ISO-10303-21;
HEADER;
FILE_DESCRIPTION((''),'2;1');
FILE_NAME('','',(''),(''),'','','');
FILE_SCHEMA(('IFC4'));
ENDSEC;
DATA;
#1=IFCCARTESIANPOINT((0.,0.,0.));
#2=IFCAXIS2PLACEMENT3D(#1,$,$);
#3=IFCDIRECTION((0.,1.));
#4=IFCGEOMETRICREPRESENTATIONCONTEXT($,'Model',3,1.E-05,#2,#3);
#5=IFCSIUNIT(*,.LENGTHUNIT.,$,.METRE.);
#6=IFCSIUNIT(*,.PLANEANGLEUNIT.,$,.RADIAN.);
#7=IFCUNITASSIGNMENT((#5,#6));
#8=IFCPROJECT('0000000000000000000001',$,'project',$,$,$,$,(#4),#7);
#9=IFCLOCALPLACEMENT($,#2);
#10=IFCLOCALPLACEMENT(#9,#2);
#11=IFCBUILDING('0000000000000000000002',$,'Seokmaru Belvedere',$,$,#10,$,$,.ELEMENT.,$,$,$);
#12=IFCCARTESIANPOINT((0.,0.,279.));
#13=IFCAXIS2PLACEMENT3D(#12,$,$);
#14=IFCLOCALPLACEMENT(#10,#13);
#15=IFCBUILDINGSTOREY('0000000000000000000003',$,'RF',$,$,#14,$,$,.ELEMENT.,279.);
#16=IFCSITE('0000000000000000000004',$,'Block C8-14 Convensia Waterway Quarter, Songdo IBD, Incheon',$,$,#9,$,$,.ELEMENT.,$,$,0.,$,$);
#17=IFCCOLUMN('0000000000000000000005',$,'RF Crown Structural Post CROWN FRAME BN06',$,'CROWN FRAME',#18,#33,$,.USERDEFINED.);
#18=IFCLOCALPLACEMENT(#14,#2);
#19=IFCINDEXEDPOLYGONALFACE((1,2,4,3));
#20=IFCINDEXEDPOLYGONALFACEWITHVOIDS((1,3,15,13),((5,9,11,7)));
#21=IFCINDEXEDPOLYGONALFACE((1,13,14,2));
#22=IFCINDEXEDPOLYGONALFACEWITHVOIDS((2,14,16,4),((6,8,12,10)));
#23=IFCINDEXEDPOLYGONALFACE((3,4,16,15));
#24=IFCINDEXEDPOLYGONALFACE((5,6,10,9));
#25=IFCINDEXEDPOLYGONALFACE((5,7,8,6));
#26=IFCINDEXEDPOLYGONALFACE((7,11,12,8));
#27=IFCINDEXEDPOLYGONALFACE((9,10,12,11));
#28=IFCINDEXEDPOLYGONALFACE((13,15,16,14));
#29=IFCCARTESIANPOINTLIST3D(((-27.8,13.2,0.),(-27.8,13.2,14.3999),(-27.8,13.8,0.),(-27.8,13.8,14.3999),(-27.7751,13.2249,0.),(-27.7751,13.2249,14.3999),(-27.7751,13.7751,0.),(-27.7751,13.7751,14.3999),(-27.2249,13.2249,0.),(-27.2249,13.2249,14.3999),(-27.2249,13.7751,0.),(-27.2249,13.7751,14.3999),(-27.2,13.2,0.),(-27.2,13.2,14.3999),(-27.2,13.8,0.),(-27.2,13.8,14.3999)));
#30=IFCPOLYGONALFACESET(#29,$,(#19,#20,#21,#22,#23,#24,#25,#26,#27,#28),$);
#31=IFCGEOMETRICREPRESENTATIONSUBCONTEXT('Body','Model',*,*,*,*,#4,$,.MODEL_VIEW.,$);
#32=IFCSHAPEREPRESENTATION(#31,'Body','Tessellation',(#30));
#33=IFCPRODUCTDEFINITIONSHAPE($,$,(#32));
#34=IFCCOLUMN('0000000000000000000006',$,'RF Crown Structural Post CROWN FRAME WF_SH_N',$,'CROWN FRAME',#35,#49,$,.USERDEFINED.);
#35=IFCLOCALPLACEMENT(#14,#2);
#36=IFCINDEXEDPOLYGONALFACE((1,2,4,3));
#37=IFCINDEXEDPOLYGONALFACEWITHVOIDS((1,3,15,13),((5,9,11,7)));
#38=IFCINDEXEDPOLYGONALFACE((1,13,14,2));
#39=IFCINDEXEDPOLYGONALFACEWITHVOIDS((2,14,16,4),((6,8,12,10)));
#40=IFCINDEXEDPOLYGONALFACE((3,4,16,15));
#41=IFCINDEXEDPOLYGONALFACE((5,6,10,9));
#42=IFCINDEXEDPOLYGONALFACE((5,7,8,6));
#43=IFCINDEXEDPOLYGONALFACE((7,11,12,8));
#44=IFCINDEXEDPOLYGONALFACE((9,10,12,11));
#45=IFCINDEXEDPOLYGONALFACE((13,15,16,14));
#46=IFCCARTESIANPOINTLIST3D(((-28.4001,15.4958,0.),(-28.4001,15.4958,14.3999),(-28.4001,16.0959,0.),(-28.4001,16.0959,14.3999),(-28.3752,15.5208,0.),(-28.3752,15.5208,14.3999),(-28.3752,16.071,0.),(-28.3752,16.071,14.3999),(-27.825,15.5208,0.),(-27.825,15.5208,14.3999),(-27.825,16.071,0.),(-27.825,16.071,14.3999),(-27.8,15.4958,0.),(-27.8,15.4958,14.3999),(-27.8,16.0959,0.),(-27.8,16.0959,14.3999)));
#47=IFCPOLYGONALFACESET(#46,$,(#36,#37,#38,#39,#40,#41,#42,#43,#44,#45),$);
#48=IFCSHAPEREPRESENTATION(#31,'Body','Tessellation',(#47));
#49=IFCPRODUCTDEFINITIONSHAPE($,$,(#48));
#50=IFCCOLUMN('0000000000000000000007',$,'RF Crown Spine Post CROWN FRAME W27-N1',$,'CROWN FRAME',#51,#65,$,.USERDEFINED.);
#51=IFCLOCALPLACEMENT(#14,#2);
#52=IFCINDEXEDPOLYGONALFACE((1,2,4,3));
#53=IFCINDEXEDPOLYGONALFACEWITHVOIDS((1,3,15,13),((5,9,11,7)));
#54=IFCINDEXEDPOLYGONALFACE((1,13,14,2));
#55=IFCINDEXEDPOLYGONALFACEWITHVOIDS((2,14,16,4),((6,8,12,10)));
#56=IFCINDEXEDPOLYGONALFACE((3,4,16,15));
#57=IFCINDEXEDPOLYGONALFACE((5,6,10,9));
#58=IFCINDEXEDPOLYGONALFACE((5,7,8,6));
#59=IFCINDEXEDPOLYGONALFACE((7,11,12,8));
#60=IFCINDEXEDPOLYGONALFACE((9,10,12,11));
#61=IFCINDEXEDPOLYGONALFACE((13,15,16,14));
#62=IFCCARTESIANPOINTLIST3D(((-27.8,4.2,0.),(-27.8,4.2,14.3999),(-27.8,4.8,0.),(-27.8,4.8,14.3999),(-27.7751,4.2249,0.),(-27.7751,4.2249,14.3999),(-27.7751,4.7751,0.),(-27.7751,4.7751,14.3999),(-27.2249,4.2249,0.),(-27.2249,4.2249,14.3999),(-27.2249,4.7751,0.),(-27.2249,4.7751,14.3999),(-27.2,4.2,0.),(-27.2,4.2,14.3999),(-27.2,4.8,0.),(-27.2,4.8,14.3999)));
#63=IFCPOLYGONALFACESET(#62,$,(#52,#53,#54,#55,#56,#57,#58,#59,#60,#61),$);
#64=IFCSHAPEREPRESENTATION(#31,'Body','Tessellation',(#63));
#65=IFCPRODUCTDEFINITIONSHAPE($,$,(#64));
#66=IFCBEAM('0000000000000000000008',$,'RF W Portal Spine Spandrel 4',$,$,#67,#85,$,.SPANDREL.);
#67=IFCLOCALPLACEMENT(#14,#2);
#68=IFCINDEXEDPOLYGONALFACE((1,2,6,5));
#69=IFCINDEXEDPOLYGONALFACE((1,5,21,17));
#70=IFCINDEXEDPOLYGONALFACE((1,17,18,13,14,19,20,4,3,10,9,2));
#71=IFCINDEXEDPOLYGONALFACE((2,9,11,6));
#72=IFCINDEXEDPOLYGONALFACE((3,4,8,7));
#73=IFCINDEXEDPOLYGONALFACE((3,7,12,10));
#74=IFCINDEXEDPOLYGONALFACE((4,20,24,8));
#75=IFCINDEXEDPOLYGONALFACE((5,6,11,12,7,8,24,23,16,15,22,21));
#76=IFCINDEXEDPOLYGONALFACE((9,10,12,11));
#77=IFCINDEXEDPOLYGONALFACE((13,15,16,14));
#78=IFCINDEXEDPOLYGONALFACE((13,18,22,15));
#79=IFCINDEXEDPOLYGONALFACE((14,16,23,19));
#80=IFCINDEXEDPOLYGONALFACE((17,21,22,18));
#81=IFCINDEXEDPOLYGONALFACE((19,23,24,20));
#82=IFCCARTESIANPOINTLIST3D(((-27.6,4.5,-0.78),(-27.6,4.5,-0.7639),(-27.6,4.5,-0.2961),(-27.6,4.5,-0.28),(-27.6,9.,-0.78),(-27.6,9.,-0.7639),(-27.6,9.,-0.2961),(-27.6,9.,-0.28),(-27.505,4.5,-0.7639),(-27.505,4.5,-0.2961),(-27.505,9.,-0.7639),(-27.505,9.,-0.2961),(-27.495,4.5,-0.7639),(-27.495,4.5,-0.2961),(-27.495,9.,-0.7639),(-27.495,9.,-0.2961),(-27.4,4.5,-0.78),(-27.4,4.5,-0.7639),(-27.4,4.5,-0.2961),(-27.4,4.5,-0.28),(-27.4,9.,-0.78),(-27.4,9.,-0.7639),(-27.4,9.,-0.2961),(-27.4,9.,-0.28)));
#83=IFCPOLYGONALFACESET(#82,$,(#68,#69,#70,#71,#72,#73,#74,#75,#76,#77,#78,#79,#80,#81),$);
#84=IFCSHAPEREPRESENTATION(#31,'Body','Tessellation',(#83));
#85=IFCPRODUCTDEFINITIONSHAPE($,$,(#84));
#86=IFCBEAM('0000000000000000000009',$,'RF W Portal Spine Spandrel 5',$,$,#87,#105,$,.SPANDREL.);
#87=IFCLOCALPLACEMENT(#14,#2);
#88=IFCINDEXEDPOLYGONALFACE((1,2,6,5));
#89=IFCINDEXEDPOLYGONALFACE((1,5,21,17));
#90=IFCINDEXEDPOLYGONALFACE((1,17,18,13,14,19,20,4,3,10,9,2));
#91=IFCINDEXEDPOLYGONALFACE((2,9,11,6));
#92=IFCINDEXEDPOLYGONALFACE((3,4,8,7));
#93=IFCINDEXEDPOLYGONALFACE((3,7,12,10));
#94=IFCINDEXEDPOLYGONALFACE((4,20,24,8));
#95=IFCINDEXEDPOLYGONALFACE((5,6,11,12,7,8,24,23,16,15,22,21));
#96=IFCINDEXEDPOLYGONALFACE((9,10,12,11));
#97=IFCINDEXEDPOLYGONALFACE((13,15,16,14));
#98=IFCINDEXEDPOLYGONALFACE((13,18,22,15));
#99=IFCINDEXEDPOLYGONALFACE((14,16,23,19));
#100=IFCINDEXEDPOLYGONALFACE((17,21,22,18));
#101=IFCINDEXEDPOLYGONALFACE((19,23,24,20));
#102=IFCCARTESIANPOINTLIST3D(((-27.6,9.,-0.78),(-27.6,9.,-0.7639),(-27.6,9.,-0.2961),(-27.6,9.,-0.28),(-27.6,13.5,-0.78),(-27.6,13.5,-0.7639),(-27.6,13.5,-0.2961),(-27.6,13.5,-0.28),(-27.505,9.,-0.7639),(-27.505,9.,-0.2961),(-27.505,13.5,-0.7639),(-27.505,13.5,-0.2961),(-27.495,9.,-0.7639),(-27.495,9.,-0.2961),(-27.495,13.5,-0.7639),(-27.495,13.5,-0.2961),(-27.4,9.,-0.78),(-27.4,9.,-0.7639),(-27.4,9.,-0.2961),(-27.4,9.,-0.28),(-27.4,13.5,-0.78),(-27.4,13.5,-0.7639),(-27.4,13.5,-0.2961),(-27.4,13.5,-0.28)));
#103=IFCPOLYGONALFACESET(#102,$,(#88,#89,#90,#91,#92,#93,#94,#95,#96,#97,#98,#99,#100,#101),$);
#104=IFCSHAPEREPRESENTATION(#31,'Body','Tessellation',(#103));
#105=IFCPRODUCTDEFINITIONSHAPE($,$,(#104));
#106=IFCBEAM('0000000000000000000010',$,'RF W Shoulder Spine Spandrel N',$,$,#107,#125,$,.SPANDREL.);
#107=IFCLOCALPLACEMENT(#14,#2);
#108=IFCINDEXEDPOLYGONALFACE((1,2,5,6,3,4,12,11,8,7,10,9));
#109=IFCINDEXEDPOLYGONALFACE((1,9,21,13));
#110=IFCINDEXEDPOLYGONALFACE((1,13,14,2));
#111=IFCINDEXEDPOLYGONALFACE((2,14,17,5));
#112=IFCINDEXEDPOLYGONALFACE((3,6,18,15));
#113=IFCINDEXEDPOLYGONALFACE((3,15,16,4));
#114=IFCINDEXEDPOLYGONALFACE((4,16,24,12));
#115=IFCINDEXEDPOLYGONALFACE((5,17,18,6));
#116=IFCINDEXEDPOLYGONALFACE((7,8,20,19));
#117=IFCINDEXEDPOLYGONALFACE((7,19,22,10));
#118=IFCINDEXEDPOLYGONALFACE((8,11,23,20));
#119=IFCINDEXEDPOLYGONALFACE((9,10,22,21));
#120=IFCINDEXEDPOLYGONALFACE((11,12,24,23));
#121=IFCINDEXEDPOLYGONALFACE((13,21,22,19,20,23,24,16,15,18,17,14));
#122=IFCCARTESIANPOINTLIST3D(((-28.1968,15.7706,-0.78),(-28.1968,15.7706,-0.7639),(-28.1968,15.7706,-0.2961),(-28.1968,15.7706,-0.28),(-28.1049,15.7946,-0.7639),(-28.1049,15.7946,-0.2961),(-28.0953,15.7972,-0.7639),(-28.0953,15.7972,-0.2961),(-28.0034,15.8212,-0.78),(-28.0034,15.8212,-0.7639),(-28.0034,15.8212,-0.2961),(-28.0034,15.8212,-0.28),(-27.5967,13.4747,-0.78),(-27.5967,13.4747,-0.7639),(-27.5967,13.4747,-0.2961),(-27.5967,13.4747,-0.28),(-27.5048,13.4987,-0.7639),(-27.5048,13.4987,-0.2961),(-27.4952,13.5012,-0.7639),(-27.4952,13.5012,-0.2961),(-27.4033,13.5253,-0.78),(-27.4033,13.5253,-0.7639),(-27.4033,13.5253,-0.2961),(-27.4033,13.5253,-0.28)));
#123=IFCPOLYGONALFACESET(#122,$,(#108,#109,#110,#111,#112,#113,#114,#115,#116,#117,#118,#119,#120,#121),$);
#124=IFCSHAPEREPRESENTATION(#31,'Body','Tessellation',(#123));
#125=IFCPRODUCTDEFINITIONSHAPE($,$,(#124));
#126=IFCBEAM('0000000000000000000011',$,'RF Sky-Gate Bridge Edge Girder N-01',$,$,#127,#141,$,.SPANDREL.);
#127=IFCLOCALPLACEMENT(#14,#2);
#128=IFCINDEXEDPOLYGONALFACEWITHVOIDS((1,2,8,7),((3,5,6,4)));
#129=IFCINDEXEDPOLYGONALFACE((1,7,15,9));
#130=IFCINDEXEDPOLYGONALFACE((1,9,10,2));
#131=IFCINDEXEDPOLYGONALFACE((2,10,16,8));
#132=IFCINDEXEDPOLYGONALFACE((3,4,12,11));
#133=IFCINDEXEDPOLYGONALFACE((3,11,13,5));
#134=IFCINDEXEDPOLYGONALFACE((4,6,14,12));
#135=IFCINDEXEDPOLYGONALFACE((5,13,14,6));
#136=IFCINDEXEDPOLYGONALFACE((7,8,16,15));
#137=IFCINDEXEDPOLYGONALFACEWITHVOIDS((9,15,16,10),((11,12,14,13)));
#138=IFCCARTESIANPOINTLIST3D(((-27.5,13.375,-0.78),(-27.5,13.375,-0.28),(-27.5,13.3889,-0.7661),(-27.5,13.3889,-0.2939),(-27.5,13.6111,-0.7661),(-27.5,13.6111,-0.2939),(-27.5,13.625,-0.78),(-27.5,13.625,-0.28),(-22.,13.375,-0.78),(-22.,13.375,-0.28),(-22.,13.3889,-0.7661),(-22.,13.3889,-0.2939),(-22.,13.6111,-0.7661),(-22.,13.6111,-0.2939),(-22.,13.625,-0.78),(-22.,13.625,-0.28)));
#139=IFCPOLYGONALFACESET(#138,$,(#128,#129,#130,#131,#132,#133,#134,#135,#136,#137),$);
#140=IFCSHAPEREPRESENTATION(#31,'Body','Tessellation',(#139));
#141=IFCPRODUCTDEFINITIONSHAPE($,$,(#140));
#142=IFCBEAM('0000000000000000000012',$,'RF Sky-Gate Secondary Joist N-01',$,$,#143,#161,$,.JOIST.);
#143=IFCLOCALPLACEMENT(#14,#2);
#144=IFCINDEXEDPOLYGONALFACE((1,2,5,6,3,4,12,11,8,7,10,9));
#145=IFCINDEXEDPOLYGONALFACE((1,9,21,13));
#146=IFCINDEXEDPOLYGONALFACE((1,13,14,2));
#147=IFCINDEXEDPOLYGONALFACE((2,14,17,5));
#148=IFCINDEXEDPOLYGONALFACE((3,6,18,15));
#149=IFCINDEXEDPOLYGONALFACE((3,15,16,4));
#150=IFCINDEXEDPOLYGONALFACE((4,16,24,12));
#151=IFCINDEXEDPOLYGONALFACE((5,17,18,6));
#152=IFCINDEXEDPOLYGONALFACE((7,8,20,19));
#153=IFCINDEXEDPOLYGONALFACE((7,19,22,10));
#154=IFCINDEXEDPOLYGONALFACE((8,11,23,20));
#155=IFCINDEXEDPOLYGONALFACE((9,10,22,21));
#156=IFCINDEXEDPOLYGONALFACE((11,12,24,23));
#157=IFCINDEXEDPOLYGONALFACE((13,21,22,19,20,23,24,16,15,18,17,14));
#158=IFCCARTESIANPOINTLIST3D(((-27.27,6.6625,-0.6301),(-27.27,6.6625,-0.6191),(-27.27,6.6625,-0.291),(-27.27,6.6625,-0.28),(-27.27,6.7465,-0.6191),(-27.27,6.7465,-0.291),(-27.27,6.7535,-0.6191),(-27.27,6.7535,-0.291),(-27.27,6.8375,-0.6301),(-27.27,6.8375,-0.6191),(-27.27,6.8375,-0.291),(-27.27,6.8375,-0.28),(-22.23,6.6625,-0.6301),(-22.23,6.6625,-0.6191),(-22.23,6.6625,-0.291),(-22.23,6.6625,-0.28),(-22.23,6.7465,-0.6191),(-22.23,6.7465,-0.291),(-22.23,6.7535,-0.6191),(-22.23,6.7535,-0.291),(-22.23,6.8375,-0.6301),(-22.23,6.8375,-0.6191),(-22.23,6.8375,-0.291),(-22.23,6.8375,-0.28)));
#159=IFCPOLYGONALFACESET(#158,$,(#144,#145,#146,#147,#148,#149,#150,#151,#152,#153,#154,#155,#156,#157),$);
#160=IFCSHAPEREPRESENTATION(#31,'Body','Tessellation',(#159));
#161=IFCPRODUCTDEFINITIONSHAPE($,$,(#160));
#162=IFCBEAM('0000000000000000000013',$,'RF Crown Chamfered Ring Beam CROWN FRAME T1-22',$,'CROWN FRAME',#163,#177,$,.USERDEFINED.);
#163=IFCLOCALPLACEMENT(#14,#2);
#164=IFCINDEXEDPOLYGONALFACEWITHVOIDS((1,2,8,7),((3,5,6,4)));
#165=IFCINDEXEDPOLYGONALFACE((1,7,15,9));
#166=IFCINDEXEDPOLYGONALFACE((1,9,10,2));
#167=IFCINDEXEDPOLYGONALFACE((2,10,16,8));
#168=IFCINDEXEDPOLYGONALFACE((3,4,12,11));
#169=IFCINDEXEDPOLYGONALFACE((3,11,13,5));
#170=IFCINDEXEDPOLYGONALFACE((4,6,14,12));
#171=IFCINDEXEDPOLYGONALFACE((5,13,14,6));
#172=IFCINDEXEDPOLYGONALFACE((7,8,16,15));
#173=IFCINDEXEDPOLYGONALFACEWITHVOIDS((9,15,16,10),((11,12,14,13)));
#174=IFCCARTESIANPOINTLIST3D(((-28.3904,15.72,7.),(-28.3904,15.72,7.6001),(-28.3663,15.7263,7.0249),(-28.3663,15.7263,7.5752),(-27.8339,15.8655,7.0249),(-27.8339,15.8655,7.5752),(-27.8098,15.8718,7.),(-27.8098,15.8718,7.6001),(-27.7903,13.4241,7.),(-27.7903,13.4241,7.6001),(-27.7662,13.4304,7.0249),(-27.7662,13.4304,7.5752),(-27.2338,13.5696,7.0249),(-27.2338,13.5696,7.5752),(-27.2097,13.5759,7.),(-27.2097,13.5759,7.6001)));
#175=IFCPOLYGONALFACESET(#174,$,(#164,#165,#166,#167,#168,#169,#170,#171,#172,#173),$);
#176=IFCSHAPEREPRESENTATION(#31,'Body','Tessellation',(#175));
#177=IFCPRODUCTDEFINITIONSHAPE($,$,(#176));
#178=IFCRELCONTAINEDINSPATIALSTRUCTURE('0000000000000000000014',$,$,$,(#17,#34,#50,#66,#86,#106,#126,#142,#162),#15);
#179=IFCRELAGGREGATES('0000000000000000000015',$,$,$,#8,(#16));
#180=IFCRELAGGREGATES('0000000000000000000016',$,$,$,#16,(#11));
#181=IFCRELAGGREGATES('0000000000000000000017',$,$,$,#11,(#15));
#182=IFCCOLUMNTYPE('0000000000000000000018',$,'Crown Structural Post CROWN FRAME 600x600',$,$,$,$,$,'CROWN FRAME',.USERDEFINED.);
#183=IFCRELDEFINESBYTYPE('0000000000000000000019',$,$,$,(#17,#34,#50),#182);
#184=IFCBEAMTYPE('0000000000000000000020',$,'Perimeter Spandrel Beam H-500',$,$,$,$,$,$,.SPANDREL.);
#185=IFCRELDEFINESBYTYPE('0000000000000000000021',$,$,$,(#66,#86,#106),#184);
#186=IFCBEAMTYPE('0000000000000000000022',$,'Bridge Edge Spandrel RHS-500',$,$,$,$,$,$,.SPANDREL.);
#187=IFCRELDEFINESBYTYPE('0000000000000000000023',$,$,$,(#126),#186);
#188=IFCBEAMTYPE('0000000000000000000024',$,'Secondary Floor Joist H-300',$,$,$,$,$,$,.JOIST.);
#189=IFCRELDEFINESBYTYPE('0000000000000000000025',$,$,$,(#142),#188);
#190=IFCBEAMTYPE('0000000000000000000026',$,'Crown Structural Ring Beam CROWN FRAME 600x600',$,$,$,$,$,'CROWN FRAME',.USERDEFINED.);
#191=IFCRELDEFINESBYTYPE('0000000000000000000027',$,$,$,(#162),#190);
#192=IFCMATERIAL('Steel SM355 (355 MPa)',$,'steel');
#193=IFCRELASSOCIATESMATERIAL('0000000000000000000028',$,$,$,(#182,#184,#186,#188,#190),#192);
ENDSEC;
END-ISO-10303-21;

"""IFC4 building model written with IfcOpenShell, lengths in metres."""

from ifc_helpers import new_model, si_unit, direction, frame, origin, origin_2d, place, context, subcontext, project, spatial, hollow_rectangle, i_section, extrude, source, transform, mapped, material, material_profile, profile_set, type_object, type_shapes, element, save


model = new_model("IFC4")

# Units and contexts
model_context = context("Model", 3, precision=1e-05, world=origin(), true_north=direction((0.0, 1.0)))
body_context = subcontext(model_context, "Body", "Model", "MODEL_VIEW")
ifc_project = project(units=[si_unit("LENGTHUNIT", "METRE"), si_unit("PLANEANGLEUNIT", "RADIAN")], contexts=[model_context])

# Site, building, storey
site_placement = place(None, origin())
site = spatial("IfcSite", under=ifc_project, at=site_placement, Name="Block C8-14 Convensia Waterway Quarter, Songdo IBD, Incheon", CompositionType="ELEMENT", RefElevation=0.0)
building_placement = place(site_placement, origin())
building = spatial("IfcBuilding", under=site, at=building_placement, Name="Seokmaru Belvedere", CompositionType="ELEMENT")
storey_placement = place(building_placement, frame((0.0, 0.0, 279.0)))
storey = spatial("IfcBuildingStorey", under=building, at=storey_placement, Name="RF", CompositionType="ELEMENT", Elevation=279.0)

# Columns
ifc_material_1 = material(Name="Steel SM355 (355 MPa)", Category="steel")
ifc_material_profile_1 = material_profile(ifc_material_1, hollow_rectangle(XDim=0.6001, YDim=0.6001, WallThickness=0.0249, at=origin_2d()), Name="HSS-600x600x25")
ifc_profile_set_1 = profile_set([ifc_material_profile_1], Name="Steel SM355 (355 MPa)")
column_type = type_object("IfcColumnType", Name="Crown Structural Post CROWN FRAME 600x600", ElementType="CROWN FRAME", PredefinedType="USERDEFINED", material=ifc_profile_set_1)
shared_shape_1 = source(origin(), body_context, "Body", "SweptSolid", [
    extrude(hollow_rectangle(XDim=0.6001, YDim=0.6001, WallThickness=0.0249, at=origin_2d()), origin(), (0.0, 0.0, 1.0), 14.3999),
])
type_shapes(column_type, [shared_shape_1])
for number, where, z_axis, x_axis, name in (
    (1, (-27.5, 13.5, 0.0), (0.0, 0.0, 1.0), (1.0, 0.0, 0.0), "RF Crown Structural Post CROWN FRAME BN06"),
    (2, (-28.1001, 15.7959, 0.0), (0.0, 0.0, 1.0), (1.0, 0.0, 0.0), "RF Crown Structural Post CROWN FRAME WF_SH_N"),
    (3, (-27.5, 4.5, 0.0), (0.0, 0.0, 1.0), (1.0, 0.0, 0.0), "RF Crown Spine Post CROWN FRAME W27-N1"),
):
    element("IfcColumn", number, at=place(storey_placement, frame(where, z_axis=z_axis, x_axis=x_axis)), inside=storey, type_object=column_type, Name=name, ObjectType="CROWN FRAME", PredefinedType="USERDEFINED", context=body_context, shape_type="MappedRepresentation", body=[
        mapped(shared_shape_1, transform((0.0, 0.0, 0.0), scale=1.0)),
    ])

# Beams
ifc_material_profile_2 = material_profile(ifc_material_1, i_section(OverallWidth=0.2, OverallDepth=0.5, WebThickness=0.01, FlangeThickness=0.0161, at=origin_2d()), Name="H-500x200x10x16")
ifc_profile_set_2 = profile_set([ifc_material_profile_2], Name="Steel SM355 (355 MPa)")
beam_type_1 = type_object("IfcBeamType", Name="Perimeter Spandrel Beam H-500", PredefinedType="SPANDREL", material=ifc_profile_set_2)
shared_shape_2 = source(origin(), body_context, "Body", "SweptSolid", [
    extrude(i_section(OverallWidth=0.2, OverallDepth=0.5, WebThickness=0.01, FlangeThickness=0.0161, at=origin_2d()), origin(), (0.0, 0.0, 1.0), 4.5),
])
for number, where, z_axis, x_axis, name in (
    (4, (-27.5, 4.5, -0.53), (0.0, 1.0, 0.0), (-1.0, 0.0, 0.0), "RF W Portal Spine Spandrel 4"),
    (5, (-27.5, 9.0, -0.53), (0.0, 1.0, 0.0), (-1.0, 0.0, 0.0), "RF W Portal Spine Spandrel 5"),
):
    element("IfcBeam", number, at=place(storey_placement, frame(where, z_axis=z_axis, x_axis=x_axis)), inside=storey, type_object=beam_type_1, Name=name, PredefinedType="SPANDREL", context=body_context, shape_type="MappedRepresentation", body=[
        mapped(shared_shape_2, transform((0.0, 0.0, 0.0), scale=1.0)),
    ])
shared_shape_3 = source(origin(), body_context, "Body", "SweptSolid", [
    extrude(i_section(OverallWidth=0.2, OverallDepth=0.5, WebThickness=0.01, FlangeThickness=0.0161, at=origin_2d()), origin(), (0.0, 0.0, 1.0), 2.373),
])
type_shapes(beam_type_1, [shared_shape_2, shared_shape_3])
beam_1_placement = place(storey_placement, frame((-28.1001, 15.7959, -0.53), z_axis=(0.252883, -0.967497, 0.0), x_axis=(0.967497, 0.252883, 0.0)))
element("IfcBeam", 6, at=beam_1_placement, inside=storey, type_object=beam_type_1, Name="RF W Shoulder Spine Spandrel N", PredefinedType="SPANDREL", context=body_context, shape_type="MappedRepresentation", body=[
    mapped(shared_shape_3, transform((0.0, 0.0, 0.0), scale=1.0)),
])
ifc_material_profile_3 = material_profile(ifc_material_1, hollow_rectangle(XDim=0.25, YDim=0.5, WallThickness=0.0139, at=origin_2d()), Name="RHS-500x250x14")
ifc_profile_set_3 = profile_set([ifc_material_profile_3], Name="Steel SM355 (355 MPa)")
beam_type_2 = type_object("IfcBeamType", Name="Bridge Edge Spandrel RHS-500", PredefinedType="SPANDREL", material=ifc_profile_set_3)
shared_shape_4 = source(origin(), body_context, "Body", "SweptSolid", [
    extrude(hollow_rectangle(XDim=0.25, YDim=0.5, WallThickness=0.0139, at=origin_2d()), origin(), (0.0, 0.0, 1.0), 5.5),
])
type_shapes(beam_type_2, [shared_shape_4])
beam_2_placement = place(storey_placement, frame((-27.5, 13.5, -0.53), z_axis=(1.0, 0.0, 0.0), x_axis=(0.0, 1.0, 0.0)))
element("IfcBeam", 7, at=beam_2_placement, inside=storey, type_object=beam_type_2, Name="RF Sky-Gate Bridge Edge Girder N-01", PredefinedType="SPANDREL", context=body_context, shape_type="MappedRepresentation", body=[
    mapped(shared_shape_4, transform((0.0, 0.0, 0.0), scale=1.0)),
])
ifc_material_profile_4 = material_profile(ifc_material_1, i_section(OverallWidth=0.175, OverallDepth=0.3501, WebThickness=0.0071, FlangeThickness=0.011, at=origin_2d()), Name="H-350x175x7x11")
ifc_profile_set_4 = profile_set([ifc_material_profile_4], Name="Steel SM355 (355 MPa)")
beam_type_3 = type_object("IfcBeamType", Name="Secondary Floor Joist H-300", PredefinedType="JOIST", material=ifc_profile_set_4)
shared_shape_5 = source(origin(), body_context, "Body", "SweptSolid", [
    extrude(i_section(OverallWidth=0.175, OverallDepth=0.3501, WebThickness=0.0071, FlangeThickness=0.011, at=origin_2d()), origin(), (0.0, 0.0, 1.0), 5.04),
])
type_shapes(beam_type_3, [shared_shape_5])
beam_3_placement = place(storey_placement, frame((-27.27, 6.75, -0.4551), z_axis=(1.0, 0.0, 0.0), x_axis=(0.0, 1.0, 0.0)))
element("IfcBeam", 8, at=beam_3_placement, inside=storey, type_object=beam_type_3, Name="RF Sky-Gate Secondary Joist N-01", PredefinedType="JOIST", context=body_context, shape_type="MappedRepresentation", body=[
    mapped(shared_shape_5, transform((0.0, 0.0, 0.0), scale=1.0)),
])
ifc_material_profile_5 = material_profile(ifc_material_1, hollow_rectangle(XDim=0.6001, YDim=0.6001, WallThickness=0.0249, at=origin_2d()), Name="HSS-600x600x25")
ifc_profile_set_5 = profile_set([ifc_material_profile_5], Name="Steel SM355 (355 MPa)")
beam_type_4 = type_object("IfcBeamType", Name="Crown Structural Ring Beam CROWN FRAME 600x600", ElementType="CROWN FRAME", PredefinedType="USERDEFINED", material=ifc_profile_set_5)
shared_shape_6 = source(origin(), body_context, "Body", "SweptSolid", [
    extrude(hollow_rectangle(XDim=0.6001, YDim=0.6001, WallThickness=0.0249, at=origin_2d()), origin(), (0.0, 0.0, 1.0), 2.373),
])
for number, where, z_axis, x_axis, name in (
    (9, (-27.5, 13.5, 7.3), (-0.252883, 0.967497, 0.0), (-0.967497, -0.252883, 0.0), "RF Crown Chamfered Ring Beam CROWN FRAME T1-22"),
):
    element("IfcBeam", number, at=place(storey_placement, frame(where, z_axis=z_axis, x_axis=x_axis)), inside=storey, type_object=beam_type_4, Name=name, ObjectType="CROWN FRAME", PredefinedType="USERDEFINED", context=body_context, shape_type="MappedRepresentation", body=[
        mapped(shared_shape_6, transform((0.0, 0.0, 0.0), scale=1.0)),
    ])

save(model, "model.ifc")
